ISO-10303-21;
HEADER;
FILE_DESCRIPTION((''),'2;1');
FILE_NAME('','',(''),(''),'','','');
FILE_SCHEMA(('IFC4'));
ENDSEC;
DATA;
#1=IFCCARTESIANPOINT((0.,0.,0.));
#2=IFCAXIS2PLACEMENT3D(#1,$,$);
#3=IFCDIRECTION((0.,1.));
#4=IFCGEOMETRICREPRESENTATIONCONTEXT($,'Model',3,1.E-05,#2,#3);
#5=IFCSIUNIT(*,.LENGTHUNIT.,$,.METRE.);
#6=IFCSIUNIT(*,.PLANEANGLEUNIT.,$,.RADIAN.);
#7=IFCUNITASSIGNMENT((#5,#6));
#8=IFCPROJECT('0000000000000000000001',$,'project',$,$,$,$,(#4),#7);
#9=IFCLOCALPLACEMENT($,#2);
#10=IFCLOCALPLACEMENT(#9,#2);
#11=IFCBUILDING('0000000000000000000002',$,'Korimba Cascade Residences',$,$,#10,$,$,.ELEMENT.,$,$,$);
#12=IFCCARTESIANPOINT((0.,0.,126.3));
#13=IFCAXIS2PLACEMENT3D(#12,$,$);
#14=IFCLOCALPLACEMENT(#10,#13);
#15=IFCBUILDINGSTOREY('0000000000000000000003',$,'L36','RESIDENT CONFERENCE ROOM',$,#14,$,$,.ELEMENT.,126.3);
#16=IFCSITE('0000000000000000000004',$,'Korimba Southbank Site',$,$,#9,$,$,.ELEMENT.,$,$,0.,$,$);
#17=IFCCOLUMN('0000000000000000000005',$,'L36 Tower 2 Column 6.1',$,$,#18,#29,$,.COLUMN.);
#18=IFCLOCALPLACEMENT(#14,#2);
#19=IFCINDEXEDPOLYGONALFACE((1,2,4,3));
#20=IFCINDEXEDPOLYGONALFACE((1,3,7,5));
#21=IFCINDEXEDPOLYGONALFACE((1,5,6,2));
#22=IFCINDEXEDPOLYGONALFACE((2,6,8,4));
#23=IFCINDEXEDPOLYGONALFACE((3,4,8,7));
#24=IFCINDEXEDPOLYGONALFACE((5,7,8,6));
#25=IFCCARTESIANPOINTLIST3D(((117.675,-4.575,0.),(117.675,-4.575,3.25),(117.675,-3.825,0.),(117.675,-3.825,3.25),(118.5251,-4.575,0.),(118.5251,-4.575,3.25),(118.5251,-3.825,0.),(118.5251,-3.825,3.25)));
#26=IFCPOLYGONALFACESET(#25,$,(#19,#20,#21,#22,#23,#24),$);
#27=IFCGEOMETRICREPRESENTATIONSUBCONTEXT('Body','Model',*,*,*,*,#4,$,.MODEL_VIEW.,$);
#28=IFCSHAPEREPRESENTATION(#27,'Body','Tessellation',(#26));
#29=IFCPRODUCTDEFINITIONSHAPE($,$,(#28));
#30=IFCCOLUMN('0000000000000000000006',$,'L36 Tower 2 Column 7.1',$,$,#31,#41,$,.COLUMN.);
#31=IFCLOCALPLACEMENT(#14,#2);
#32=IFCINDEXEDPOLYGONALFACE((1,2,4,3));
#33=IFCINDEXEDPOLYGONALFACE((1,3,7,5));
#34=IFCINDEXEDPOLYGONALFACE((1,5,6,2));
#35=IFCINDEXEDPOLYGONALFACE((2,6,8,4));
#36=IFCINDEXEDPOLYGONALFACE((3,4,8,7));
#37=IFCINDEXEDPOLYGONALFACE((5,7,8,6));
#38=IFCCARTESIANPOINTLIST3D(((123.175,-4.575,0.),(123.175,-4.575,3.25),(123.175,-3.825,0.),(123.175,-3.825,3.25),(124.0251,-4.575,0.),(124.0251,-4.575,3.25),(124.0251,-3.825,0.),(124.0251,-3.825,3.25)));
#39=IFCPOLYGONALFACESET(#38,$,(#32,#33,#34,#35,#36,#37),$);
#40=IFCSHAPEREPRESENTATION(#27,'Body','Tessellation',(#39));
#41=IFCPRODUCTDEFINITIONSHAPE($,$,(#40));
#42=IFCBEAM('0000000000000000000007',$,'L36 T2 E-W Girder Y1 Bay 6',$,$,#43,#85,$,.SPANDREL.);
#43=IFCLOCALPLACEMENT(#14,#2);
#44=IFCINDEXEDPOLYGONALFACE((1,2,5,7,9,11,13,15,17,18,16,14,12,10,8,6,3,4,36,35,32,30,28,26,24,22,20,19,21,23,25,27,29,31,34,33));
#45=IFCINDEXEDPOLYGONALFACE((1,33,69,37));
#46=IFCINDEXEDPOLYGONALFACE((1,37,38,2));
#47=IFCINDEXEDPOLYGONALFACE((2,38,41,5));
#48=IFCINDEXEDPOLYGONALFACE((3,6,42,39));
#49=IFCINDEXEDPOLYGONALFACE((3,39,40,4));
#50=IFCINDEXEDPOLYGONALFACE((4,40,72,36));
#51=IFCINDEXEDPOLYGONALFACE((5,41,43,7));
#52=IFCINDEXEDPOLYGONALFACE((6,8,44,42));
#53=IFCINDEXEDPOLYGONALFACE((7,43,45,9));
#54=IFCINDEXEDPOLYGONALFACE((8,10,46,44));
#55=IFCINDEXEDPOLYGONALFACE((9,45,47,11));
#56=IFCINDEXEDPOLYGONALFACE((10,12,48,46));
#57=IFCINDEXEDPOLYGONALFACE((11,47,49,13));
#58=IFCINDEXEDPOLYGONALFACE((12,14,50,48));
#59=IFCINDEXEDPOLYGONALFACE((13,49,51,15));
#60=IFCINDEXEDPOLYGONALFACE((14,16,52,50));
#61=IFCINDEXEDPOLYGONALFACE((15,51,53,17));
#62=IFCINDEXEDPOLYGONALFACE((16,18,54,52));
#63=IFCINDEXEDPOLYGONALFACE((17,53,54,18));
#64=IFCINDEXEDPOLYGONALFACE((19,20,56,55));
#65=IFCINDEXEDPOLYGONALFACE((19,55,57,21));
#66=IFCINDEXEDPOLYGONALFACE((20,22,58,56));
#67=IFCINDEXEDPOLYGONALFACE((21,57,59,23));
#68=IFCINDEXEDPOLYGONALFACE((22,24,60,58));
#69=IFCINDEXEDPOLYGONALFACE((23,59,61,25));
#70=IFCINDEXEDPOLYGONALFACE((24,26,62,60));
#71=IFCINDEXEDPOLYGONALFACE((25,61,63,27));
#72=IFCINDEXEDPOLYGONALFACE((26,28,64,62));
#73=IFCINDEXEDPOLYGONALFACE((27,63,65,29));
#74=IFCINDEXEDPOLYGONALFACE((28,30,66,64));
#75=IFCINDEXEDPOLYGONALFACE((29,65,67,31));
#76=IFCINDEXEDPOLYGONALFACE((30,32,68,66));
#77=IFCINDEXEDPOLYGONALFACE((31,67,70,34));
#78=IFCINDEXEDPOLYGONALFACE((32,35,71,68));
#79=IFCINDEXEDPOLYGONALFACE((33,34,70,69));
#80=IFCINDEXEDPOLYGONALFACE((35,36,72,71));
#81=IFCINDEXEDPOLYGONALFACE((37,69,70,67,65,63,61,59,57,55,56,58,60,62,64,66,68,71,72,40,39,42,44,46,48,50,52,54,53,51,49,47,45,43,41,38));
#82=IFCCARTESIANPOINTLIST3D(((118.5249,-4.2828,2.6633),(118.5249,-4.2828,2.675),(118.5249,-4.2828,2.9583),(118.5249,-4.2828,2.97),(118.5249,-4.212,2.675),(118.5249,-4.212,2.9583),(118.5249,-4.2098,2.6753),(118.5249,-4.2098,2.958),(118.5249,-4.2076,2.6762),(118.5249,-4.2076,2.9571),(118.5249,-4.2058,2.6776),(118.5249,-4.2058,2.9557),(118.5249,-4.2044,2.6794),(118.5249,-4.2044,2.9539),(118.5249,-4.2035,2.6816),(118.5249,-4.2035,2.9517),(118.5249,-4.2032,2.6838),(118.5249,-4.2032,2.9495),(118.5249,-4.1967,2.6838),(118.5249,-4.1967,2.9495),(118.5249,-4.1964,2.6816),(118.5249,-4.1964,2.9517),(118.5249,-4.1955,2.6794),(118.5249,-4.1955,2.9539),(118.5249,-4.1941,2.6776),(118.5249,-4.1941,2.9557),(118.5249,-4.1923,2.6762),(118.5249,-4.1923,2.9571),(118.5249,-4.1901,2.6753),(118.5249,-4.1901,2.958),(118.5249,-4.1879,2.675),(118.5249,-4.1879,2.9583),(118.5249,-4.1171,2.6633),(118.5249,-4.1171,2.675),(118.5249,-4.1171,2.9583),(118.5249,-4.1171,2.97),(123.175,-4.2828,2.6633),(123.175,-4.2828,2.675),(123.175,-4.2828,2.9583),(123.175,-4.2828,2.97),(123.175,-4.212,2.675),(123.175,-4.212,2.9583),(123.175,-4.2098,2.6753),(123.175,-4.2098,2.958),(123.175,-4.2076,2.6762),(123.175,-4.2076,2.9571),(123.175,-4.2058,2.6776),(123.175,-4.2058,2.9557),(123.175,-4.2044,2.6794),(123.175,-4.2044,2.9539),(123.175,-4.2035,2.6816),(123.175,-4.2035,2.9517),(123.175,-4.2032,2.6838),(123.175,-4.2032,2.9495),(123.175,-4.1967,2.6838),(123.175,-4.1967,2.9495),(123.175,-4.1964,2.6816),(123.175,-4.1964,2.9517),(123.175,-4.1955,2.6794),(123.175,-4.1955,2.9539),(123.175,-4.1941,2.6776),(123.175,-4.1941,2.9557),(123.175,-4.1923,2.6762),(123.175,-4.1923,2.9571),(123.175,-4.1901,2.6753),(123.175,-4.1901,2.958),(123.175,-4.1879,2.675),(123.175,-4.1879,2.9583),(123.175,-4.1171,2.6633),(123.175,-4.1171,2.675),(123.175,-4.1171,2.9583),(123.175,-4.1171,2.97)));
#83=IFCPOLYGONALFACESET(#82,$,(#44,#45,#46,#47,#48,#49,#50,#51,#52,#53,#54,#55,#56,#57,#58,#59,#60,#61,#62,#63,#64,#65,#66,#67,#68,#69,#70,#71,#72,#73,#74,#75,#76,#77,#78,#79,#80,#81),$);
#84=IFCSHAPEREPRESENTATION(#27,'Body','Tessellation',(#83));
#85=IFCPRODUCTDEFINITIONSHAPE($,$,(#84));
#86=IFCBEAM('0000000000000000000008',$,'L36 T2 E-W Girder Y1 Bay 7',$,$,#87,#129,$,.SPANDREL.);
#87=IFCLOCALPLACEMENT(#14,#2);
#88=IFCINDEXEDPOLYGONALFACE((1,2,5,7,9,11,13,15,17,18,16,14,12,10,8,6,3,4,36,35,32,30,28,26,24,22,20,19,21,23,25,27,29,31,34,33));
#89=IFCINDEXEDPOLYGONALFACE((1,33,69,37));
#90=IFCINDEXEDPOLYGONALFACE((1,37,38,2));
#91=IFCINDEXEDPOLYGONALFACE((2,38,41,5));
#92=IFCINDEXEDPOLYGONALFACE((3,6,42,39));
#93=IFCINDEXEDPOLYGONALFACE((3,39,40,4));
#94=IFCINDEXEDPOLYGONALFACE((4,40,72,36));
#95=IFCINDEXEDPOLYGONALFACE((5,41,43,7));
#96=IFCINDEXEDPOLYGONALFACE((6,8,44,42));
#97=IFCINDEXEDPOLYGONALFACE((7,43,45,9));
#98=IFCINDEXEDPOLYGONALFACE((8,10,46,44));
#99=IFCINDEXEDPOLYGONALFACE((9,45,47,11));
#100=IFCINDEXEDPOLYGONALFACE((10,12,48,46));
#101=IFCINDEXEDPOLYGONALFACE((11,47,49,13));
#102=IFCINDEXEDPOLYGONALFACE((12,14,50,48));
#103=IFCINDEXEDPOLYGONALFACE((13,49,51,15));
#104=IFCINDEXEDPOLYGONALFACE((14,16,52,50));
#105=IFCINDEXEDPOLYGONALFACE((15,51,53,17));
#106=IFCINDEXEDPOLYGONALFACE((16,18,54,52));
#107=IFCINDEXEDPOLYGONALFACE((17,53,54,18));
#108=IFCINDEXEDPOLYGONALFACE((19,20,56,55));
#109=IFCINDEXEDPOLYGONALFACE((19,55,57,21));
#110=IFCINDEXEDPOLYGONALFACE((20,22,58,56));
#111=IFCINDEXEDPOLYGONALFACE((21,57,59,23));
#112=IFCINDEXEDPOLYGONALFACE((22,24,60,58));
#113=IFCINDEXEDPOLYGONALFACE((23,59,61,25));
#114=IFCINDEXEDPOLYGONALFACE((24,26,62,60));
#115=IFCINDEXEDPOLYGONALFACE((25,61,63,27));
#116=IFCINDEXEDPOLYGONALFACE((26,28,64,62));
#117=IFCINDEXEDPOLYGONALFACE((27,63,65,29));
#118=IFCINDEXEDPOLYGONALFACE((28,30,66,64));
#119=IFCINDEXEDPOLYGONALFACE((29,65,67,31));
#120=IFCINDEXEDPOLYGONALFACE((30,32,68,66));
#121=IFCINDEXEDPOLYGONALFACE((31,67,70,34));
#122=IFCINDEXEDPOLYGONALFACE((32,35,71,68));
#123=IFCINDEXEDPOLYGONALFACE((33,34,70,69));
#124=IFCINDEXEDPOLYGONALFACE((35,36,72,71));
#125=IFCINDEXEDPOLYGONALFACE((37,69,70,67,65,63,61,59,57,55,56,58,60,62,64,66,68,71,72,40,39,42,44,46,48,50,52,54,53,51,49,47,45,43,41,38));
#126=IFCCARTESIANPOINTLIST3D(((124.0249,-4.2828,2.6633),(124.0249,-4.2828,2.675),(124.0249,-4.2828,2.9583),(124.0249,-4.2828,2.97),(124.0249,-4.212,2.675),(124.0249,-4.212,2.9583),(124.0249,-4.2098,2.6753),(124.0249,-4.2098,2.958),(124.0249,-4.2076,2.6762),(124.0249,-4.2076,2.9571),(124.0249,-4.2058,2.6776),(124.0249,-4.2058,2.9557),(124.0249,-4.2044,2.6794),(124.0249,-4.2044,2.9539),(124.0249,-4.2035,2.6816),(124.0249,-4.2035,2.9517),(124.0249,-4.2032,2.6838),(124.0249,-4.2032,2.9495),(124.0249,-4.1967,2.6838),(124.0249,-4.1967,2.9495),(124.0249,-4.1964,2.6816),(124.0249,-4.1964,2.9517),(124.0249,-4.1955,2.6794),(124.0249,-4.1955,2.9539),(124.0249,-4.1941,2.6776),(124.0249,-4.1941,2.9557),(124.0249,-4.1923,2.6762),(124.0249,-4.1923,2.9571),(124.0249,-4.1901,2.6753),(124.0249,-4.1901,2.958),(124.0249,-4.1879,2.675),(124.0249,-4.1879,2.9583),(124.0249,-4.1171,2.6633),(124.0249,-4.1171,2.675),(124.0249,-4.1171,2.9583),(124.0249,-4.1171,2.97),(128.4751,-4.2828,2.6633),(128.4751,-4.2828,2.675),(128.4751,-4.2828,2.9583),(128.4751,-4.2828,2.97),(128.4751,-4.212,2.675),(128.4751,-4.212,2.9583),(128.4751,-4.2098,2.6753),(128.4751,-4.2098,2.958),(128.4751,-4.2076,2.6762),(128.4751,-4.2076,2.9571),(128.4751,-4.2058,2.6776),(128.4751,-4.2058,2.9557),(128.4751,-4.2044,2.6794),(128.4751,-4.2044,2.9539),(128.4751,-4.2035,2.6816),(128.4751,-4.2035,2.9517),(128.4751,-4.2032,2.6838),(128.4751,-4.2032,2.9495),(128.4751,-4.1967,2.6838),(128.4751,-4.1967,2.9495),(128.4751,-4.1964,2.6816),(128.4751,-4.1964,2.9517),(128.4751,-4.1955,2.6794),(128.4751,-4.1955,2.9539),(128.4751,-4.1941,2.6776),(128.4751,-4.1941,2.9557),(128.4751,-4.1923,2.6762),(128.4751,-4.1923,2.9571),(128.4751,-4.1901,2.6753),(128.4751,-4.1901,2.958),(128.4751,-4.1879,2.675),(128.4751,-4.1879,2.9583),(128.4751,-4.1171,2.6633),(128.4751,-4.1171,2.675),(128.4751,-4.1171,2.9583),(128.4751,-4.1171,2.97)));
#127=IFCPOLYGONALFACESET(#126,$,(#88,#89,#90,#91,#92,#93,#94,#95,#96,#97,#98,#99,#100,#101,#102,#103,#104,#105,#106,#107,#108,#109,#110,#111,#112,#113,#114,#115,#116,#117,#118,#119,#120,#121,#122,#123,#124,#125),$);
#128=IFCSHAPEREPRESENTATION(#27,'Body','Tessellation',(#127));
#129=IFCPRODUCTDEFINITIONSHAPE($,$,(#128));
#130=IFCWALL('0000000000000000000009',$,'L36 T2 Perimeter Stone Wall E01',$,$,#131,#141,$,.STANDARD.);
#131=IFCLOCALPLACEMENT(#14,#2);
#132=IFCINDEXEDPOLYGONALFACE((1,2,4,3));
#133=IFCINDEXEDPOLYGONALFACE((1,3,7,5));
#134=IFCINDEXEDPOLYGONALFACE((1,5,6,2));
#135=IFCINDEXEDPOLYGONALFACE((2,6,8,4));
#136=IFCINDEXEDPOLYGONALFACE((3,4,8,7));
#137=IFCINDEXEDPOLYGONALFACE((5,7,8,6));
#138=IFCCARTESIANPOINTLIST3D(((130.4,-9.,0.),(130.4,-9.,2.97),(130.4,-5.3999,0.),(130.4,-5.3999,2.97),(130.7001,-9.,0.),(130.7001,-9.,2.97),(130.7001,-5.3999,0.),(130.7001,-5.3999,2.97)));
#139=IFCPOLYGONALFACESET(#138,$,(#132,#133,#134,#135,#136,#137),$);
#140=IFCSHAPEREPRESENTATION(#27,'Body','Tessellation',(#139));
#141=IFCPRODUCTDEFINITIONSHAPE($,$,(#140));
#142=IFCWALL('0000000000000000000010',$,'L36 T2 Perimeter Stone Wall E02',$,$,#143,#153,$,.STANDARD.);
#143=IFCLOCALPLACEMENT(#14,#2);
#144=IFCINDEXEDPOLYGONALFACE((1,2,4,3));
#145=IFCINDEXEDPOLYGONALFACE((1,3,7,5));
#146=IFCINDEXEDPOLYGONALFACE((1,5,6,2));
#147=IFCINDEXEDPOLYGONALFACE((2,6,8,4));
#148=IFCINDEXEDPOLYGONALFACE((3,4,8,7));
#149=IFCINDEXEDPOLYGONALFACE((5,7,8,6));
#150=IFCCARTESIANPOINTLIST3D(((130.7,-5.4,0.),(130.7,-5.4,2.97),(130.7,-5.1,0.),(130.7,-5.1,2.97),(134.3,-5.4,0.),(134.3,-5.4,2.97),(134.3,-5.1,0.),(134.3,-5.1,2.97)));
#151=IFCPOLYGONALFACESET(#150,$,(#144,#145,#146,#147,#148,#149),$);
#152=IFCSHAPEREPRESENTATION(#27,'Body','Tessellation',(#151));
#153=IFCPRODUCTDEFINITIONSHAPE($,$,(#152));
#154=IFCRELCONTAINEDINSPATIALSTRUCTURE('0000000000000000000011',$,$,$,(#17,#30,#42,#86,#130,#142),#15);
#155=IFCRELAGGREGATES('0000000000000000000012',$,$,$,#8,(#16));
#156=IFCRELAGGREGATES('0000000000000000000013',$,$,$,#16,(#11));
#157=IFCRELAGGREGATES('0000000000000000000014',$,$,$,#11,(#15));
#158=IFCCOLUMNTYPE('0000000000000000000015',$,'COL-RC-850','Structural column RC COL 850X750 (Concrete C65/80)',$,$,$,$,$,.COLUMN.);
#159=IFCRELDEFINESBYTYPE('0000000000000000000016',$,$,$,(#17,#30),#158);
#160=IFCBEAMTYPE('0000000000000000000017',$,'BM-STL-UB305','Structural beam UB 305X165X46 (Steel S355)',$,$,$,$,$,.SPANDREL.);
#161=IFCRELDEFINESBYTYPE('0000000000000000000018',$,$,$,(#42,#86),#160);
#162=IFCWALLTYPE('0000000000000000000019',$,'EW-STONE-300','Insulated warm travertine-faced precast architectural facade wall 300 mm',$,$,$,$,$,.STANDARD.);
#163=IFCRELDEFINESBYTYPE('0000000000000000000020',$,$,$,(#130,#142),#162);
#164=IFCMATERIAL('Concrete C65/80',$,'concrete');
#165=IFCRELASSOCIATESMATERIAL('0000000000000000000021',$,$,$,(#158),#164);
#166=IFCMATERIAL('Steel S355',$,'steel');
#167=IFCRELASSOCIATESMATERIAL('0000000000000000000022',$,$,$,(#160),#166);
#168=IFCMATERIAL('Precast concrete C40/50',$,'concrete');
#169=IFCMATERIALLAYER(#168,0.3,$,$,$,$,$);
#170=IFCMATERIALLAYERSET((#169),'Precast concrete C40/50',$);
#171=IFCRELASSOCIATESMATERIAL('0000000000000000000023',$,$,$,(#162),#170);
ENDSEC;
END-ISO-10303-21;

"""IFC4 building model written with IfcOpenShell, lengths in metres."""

from ifc_helpers import new_model, si_unit, direction, frame, frame_2d, origin, origin_2d, place, context, subcontext, project, spatial, rectangle, i_section, extrude, material, layer, layer_set, material_profile, profile_set, type_object, element, save


model = new_model("IFC4")

# Units and contexts
model_context = context("Model", 3, precision=1e-05, world=origin(), true_north=direction((0.0, 1.0)))
body_context = subcontext(model_context, "Body", "Model", "MODEL_VIEW")
ifc_project = project(units=[si_unit("LENGTHUNIT", "METRE"), si_unit("PLANEANGLEUNIT", "RADIAN")], contexts=[model_context])

# Site, building, storey
site_placement = place(None, origin())
site = spatial("IfcSite", under=ifc_project, at=site_placement, Name="Korimba Southbank Site", CompositionType="ELEMENT", RefElevation=0.0)
building_placement = place(site_placement, origin())
building = spatial("IfcBuilding", under=site, at=building_placement, Name="Korimba Cascade Residences", CompositionType="ELEMENT")
storey_placement = place(building_placement, frame((0.0, 0.0, 126.3)))
storey = spatial("IfcBuildingStorey", under=building, at=storey_placement, Name="L36", Description="RESIDENT CONFERENCE ROOM", CompositionType="ELEMENT", Elevation=126.3)

# Columns
ifc_material_1 = material(Name="Concrete C65/80", Category="concrete")
ifc_material_profile_1 = material_profile(ifc_material_1, rectangle(XDim=0.8501, YDim=0.75, at=origin_2d()), Name="Concrete C65/80")
ifc_profile_set_1 = profile_set([ifc_material_profile_1], Name="Concrete C65/80")
column_type = type_object("IfcColumnType", Name="COL-RC-850", Description="Structural column RC COL 850X750 (Concrete C65/80)", PredefinedType="COLUMN", material=ifc_profile_set_1)
for number, where, z_axis, x_axis, name in (
    (1, (118.1001, -4.2, 0.0), (0.0, 0.0, 1.0), (1.0, 0.0, 0.0), "L36 Tower 2 Column 6.1"),
    (2, (123.6001, -4.2, 0.0), (0.0, 0.0, 1.0), (1.0, 0.0, 0.0), "L36 Tower 2 Column 7.1"),
):
    element("IfcColumn", number, at=place(storey_placement, frame(where, z_axis=z_axis, x_axis=x_axis)), inside=storey, type_object=column_type, Name=name, PredefinedType="COLUMN", context=body_context, shape_type="SweptSolid", body=[
        extrude(rectangle(XDim=0.8501, YDim=0.75, at=origin_2d()), origin(), (0.0, 0.0, 1.0), 3.25),
    ])

# Beams
ifc_material_2 = material(Name="Steel S355", Category="steel")
ifc_material_profile_2 = material_profile(ifc_material_2, i_section(OverallWidth=0.1658, OverallDepth=0.3066, WebThickness=0.0066, FlangeThickness=0.0117, FilletRadius=0.0088, at=origin_2d()), Name="Steel S355")
ifc_profile_set_2 = profile_set([ifc_material_profile_2], Name="Steel S355")
beam_type = type_object("IfcBeamType", Name="BM-STL-UB305", Description="Structural beam UB 305X165X46 (Steel S355)", PredefinedType="SPANDREL", material=ifc_profile_set_2)
beam_1_placement = place(storey_placement, frame((118.5249, -4.2, 2.8167), z_axis=(1.0, 0.0, 0.0), x_axis=(0.0, 1.0, 0.0)))
element("IfcBeam", 3, at=beam_1_placement, inside=storey, type_object=beam_type, Name="L36 T2 E-W Girder Y1 Bay 6", PredefinedType="SPANDREL", context=body_context, shape_type="SweptSolid", body=[
    extrude(i_section(OverallWidth=0.1658, OverallDepth=0.3066, WebThickness=0.0066, FlangeThickness=0.0117, FilletRadius=0.0088, at=origin_2d()), origin(), (0.0, 0.0, 1.0), 4.6501),
])
beam_2_placement = place(storey_placement, frame((124.0249, -4.2, 2.8167), z_axis=(1.0, 0.0, 0.0), x_axis=(0.0, 1.0, 0.0)))
element("IfcBeam", 4, at=beam_2_placement, inside=storey, type_object=beam_type, Name="L36 T2 E-W Girder Y1 Bay 7", PredefinedType="SPANDREL", context=body_context, shape_type="SweptSolid", body=[
    extrude(i_section(OverallWidth=0.1658, OverallDepth=0.3066, WebThickness=0.0066, FlangeThickness=0.0117, FilletRadius=0.0088, at=origin_2d()), origin(), (0.0, 0.0, 1.0), 4.4502),
])

# Walls
ifc_material_3 = material(Name="Precast concrete C40/50", Category="concrete")
ifc_layer_1 = layer(ifc_material_3, 0.3)
ifc_layer_set_1 = layer_set([ifc_layer_1], Name="Precast concrete C40/50")
wall_type_1 = type_object("IfcWallType", Name="EW-STONE-300", Description="Insulated warm travertine-faced precast architectural facade wall 300 mm", PredefinedType="STANDARD", material=ifc_layer_set_1)
for number, where, z_axis, x_axis, name in (
    (5, (130.55, -9.0, 0.0), (0.0, 0.0, 1.0), (0.0, 1.0, 0.0), "L36 T2 Perimeter Stone Wall E01"),
    (6, (130.7, -5.25, 0.0), (0.0, 0.0, 1.0), (1.0, 0.0, 0.0), "L36 T2 Perimeter Stone Wall E02"),
):
    element("IfcWall", number, at=place(storey_placement, frame(where, z_axis=z_axis, x_axis=x_axis)), inside=storey, type_object=wall_type_1, Name=name, PredefinedType="STANDARD", context=body_context, shape_type="SweptSolid", body=[
        extrude(rectangle(XDim=3.6001, YDim=0.3, at=frame_2d((1.8, 0.0))), origin(), (0.0, 0.0, 1.0), 2.97),
    ])

save(model, "model.ifc")
